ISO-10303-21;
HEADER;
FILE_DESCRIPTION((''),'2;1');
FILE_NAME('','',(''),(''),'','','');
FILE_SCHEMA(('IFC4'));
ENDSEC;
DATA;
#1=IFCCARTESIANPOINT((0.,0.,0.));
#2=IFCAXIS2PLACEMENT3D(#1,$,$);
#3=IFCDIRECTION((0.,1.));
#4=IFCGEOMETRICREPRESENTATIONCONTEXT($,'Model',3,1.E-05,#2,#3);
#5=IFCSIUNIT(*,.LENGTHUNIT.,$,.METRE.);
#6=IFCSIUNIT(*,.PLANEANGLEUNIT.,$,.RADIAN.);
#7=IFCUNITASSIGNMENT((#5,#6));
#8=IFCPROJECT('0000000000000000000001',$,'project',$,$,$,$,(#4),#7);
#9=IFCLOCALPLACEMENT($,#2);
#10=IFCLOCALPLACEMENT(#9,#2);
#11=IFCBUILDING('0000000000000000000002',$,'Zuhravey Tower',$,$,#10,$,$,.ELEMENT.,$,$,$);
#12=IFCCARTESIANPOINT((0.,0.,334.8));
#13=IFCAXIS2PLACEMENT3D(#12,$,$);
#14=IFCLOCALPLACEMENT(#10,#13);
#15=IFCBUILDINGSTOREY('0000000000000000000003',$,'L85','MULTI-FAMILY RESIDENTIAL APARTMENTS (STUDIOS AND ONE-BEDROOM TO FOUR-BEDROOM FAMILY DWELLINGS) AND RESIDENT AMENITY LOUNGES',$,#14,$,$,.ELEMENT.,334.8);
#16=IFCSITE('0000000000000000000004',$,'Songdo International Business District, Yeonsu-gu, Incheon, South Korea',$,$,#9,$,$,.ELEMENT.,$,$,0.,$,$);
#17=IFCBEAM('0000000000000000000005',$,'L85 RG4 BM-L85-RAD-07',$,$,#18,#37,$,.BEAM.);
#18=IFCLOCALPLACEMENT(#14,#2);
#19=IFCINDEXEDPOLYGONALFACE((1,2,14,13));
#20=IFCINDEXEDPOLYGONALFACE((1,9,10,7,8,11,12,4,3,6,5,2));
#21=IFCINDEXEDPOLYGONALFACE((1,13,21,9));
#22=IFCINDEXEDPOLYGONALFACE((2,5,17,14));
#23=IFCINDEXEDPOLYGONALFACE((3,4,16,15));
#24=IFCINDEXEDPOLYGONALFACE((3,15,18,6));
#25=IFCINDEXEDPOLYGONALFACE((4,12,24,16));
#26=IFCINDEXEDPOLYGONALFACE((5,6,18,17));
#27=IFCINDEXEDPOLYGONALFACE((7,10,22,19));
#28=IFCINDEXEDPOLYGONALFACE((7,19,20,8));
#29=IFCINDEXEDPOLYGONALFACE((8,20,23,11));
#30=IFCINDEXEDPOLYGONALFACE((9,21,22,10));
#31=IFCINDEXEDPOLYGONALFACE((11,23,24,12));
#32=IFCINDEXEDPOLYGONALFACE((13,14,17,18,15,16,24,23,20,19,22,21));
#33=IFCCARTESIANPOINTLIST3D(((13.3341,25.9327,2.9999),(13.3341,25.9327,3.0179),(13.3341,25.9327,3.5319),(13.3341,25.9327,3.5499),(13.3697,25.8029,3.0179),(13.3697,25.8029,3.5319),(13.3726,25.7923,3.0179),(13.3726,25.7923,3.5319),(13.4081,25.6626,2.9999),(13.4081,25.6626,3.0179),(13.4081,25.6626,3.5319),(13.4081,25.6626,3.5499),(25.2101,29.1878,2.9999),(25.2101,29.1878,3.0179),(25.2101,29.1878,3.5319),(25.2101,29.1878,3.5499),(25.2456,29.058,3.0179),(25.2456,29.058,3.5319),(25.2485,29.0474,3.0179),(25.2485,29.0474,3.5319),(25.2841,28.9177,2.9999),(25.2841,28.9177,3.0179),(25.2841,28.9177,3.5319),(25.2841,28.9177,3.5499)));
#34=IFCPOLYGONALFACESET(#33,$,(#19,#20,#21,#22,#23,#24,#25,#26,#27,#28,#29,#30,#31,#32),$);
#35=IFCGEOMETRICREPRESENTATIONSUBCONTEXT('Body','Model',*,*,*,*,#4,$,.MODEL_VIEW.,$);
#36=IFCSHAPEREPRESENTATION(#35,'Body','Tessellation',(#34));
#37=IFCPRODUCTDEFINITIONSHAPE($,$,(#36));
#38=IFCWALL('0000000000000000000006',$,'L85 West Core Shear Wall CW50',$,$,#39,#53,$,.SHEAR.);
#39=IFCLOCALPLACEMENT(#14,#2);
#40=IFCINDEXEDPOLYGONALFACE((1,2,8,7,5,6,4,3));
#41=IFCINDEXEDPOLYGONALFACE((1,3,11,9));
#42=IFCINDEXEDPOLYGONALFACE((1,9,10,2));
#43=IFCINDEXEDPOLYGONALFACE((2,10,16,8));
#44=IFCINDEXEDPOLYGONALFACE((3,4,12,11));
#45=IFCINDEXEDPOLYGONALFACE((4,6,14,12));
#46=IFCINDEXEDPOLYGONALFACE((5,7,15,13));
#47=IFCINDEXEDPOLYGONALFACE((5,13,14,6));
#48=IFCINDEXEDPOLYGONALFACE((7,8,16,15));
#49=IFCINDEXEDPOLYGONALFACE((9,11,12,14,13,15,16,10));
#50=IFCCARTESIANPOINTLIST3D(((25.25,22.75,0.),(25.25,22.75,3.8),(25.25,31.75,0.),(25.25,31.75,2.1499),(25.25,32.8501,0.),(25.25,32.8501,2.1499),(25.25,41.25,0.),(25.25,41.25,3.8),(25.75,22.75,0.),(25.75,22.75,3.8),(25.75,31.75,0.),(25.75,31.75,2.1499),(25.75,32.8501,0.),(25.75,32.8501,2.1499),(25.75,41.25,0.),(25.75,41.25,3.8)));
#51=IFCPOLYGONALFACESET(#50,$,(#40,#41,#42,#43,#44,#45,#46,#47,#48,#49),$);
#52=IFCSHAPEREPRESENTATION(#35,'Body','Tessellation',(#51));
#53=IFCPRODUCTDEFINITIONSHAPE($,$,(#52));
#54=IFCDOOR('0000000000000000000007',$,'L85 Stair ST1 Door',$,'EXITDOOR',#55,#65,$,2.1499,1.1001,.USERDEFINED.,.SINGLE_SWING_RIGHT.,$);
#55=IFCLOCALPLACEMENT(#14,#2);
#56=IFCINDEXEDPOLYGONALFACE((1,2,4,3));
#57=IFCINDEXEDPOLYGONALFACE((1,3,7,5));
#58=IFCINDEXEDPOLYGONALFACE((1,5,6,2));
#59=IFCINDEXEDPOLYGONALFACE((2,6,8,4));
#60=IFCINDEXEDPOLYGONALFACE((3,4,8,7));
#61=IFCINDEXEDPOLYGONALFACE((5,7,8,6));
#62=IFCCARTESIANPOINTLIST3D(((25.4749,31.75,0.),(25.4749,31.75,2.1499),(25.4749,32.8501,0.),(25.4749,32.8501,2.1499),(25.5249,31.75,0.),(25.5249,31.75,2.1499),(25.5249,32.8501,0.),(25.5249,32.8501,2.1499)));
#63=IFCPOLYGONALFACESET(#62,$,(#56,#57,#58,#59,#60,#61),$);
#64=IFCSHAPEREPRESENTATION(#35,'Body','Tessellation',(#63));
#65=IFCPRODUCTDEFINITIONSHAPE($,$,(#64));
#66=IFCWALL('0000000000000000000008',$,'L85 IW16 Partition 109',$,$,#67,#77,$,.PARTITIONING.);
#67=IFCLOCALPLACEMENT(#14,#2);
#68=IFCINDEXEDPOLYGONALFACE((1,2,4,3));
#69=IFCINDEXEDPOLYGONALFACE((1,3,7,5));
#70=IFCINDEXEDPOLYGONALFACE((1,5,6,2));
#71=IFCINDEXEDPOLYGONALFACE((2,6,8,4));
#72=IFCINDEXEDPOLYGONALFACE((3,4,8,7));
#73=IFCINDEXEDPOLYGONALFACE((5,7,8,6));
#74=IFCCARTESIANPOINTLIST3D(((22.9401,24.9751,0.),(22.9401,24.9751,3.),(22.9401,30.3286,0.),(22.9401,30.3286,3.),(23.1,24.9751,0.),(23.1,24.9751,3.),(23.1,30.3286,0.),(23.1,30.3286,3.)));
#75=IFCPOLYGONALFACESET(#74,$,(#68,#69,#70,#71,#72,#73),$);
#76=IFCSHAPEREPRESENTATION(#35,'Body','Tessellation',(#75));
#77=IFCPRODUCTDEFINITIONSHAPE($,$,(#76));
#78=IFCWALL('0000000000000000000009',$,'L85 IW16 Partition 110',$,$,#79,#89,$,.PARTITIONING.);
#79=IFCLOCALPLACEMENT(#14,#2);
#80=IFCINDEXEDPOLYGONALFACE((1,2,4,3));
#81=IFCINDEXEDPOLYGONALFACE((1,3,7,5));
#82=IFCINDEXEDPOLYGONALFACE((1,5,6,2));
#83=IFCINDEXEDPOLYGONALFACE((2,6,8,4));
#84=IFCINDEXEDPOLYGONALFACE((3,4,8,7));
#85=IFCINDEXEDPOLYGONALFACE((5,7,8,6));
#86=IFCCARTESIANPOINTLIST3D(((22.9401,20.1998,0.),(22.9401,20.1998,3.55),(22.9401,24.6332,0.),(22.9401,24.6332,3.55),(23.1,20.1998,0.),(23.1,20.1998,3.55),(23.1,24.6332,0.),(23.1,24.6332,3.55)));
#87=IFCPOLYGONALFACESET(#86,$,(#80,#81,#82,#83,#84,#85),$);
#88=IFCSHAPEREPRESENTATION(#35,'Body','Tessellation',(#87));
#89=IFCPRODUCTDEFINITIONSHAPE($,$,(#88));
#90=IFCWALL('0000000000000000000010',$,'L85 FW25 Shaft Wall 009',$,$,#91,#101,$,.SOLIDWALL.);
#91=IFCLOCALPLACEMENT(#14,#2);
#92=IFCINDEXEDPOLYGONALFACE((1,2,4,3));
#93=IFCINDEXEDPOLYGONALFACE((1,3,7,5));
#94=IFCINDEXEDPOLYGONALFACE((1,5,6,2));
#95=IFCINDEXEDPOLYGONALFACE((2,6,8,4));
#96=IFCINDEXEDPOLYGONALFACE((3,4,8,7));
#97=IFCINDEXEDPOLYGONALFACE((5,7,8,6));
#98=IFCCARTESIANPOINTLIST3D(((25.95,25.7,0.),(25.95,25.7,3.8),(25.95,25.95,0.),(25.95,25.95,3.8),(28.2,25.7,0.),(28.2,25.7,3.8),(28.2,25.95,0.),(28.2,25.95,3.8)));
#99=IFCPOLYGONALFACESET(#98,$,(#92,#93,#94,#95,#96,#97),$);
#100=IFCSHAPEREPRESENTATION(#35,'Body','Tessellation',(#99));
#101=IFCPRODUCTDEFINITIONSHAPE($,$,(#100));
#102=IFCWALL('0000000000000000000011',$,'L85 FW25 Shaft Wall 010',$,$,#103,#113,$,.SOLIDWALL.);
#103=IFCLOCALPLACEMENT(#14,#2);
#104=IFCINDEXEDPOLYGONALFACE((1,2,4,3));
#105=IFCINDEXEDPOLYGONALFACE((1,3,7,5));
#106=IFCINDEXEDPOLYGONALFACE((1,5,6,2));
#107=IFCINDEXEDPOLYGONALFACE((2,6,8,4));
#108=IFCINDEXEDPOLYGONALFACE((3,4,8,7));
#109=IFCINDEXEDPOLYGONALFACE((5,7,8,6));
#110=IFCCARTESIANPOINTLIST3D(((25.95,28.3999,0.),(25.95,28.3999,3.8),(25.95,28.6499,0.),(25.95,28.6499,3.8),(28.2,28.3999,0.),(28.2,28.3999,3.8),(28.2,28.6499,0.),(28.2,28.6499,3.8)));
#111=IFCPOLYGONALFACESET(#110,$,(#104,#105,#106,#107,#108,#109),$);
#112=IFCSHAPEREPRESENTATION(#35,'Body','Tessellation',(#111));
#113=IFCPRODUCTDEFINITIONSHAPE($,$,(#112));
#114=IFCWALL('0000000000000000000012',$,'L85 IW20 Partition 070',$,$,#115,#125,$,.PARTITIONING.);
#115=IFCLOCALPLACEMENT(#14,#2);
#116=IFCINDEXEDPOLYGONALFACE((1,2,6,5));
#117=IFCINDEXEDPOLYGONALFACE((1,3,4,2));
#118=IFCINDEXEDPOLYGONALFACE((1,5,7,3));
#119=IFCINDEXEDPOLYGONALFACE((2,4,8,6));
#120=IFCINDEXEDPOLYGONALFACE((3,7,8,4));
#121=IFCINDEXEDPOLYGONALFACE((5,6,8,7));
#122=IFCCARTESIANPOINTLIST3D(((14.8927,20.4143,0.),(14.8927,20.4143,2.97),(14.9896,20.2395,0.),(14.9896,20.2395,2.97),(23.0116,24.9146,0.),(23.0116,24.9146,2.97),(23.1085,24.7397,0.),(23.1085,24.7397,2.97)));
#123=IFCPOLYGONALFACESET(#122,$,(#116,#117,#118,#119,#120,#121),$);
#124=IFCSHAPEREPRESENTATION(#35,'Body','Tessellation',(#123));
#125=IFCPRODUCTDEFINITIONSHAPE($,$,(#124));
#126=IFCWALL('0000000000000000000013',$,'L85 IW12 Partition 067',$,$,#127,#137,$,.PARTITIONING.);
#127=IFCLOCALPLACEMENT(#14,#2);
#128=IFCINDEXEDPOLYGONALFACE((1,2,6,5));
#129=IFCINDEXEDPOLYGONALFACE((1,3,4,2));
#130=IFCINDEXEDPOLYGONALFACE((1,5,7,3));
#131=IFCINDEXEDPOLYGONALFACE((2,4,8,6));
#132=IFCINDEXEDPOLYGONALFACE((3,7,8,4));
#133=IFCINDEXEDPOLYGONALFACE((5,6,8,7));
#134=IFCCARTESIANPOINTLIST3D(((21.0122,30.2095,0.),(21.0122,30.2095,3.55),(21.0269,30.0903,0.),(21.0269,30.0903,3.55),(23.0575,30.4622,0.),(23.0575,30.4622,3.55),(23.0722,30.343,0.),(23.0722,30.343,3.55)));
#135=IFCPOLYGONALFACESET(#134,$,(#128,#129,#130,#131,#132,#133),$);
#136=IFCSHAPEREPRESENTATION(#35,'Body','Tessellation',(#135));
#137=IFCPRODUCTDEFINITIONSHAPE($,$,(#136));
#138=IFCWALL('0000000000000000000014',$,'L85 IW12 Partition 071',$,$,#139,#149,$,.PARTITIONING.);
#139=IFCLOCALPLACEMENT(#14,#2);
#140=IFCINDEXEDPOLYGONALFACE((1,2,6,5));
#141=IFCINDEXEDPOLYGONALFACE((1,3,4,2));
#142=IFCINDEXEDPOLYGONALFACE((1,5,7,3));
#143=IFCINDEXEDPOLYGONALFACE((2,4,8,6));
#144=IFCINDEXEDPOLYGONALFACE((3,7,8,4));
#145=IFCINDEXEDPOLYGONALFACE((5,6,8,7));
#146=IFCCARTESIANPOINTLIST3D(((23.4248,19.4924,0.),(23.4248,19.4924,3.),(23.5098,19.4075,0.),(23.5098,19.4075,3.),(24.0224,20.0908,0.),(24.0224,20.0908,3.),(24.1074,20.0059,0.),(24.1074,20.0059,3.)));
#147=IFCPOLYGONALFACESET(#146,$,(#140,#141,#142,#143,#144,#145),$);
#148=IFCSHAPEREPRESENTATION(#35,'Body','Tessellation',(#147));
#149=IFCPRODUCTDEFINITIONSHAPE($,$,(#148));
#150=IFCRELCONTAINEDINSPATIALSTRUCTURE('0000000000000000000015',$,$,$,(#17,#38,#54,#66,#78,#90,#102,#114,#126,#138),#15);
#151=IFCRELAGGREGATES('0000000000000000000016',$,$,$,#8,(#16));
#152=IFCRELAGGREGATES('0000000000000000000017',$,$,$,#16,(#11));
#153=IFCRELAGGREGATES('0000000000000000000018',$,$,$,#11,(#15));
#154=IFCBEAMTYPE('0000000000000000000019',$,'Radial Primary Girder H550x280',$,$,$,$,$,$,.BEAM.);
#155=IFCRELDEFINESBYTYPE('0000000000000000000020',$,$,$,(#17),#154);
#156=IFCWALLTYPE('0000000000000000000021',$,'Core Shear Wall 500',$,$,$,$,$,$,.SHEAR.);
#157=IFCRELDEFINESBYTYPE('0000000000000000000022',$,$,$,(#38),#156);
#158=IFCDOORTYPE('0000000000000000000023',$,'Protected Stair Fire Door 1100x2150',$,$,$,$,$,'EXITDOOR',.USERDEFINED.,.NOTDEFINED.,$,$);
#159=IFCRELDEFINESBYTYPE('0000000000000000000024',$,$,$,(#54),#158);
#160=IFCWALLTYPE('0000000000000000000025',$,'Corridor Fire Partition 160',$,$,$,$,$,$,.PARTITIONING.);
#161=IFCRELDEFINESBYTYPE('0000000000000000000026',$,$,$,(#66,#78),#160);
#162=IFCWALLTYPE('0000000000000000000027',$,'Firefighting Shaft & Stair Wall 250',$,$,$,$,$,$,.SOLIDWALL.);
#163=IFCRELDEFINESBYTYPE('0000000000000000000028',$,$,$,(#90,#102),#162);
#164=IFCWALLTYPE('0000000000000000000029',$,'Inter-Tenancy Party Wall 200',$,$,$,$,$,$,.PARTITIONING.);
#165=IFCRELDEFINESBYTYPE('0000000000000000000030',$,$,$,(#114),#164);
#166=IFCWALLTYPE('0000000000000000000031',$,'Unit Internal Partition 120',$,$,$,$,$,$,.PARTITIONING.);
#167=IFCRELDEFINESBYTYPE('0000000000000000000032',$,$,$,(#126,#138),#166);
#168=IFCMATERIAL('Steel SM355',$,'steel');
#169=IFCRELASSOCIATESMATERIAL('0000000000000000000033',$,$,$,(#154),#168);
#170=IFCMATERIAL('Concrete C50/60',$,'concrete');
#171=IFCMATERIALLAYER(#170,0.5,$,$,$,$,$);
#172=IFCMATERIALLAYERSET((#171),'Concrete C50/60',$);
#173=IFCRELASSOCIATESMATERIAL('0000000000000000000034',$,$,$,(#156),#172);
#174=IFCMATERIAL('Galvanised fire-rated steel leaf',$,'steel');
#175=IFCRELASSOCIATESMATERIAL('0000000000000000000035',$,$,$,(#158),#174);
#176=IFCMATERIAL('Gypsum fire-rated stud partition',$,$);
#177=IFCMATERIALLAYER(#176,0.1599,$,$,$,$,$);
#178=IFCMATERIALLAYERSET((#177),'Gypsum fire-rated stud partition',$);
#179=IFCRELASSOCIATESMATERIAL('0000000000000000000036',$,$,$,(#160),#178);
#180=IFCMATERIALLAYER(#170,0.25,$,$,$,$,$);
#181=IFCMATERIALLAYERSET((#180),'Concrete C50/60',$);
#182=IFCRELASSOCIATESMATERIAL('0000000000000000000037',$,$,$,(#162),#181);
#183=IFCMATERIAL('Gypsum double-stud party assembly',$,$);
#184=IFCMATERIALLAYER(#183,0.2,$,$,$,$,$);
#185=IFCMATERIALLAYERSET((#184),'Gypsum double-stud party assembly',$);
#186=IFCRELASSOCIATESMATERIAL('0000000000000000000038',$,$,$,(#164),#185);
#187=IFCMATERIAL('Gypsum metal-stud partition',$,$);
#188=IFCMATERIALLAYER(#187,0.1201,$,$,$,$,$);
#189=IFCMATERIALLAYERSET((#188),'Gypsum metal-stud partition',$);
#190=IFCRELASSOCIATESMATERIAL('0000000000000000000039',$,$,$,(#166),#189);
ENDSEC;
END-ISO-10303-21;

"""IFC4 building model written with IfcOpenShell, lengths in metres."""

from ifc_helpers import new_model, si_unit, direction, frame, frame_2d, origin, origin_2d, place, context, subcontext, project, spatial, rectangle, i_section, extrude, material, layer, layer_set, material_profile, profile_set, type_object, element, fill, save


model = new_model("IFC4")

# Units and contexts
model_context = context("Model", 3, precision=1e-05, world=origin(), true_north=direction((0.0, 1.0)))
body_context = subcontext(model_context, "Body", "Model", "MODEL_VIEW")
ifc_project = project(units=[si_unit("LENGTHUNIT", "METRE"), si_unit("PLANEANGLEUNIT", "RADIAN")], contexts=[model_context])

# Site, building, storey
site_placement = place(None, origin())
site = spatial("IfcSite", under=ifc_project, at=site_placement, Name="Songdo International Business District, Yeonsu-gu, Incheon, South Korea", CompositionType="ELEMENT", RefElevation=0.0)
building_placement = place(site_placement, origin())
building = spatial("IfcBuilding", under=site, at=building_placement, Name="Zuhravey Tower", CompositionType="ELEMENT")
storey_placement = place(building_placement, frame((0.0, 0.0, 334.8)))
storey = spatial("IfcBuildingStorey", under=building, at=storey_placement, Name="L85", Description="MULTI-FAMILY RESIDENTIAL APARTMENTS (STUDIOS AND ONE-BEDROOM TO FOUR-BEDROOM FAMILY DWELLINGS) AND RESIDENT AMENITY LOUNGES", CompositionType="ELEMENT", Elevation=334.8)

# Beam
ifc_material_1 = material(Name="Steel SM355", Category="steel")
ifc_material_profile = material_profile(ifc_material_1, i_section(OverallWidth=0.28, OverallDepth=0.55, WebThickness=0.011, FlangeThickness=0.0181, at=origin_2d()), Name="H-550x280x11x18")
ifc_profile_set = profile_set([ifc_material_profile], Name="Steel SM355")
beam_type = type_object("IfcBeamType", Name="Radial Primary Girder H550x280", PredefinedType="BEAM", material=ifc_profile_set)
beam_placement = place(storey_placement, frame((25.2471, 29.0527, 3.2749), z_axis=(-0.964429, -0.264344, 0.0), x_axis=(0.264344, -0.964429, 0.0)))
element("IfcBeam", 1, at=beam_placement, inside=storey, type_object=beam_type, Name="L85 RG4 BM-L85-RAD-07", PredefinedType="BEAM", context=body_context, shape_type="SweptSolid", body=[
    extrude(i_section(OverallWidth=0.28, OverallDepth=0.55, WebThickness=0.011, FlangeThickness=0.0181, at=origin_2d()), origin(), (0.0, 0.0, 1.0), 12.314),
])

# Wall, opening, door
ifc_material_2 = material(Name="Concrete C50/60", Category="concrete")
ifc_layer_1 = layer(ifc_material_2, 0.5)
ifc_layer_set_1 = layer_set([ifc_layer_1], Name="Concrete C50/60")
wall_type_1 = type_object("IfcWallType", Name="Core Shear Wall 500", PredefinedType="SHEAR", material=ifc_layer_set_1)
ifc_material_3 = material(Name="Galvanised fire-rated steel leaf", Category="steel")
wall_1_placement = place(storey_placement, frame((25.5, 22.75, 0.0), z_axis=(0.0, 0.0, 1.0), x_axis=(0.0, 1.0, 0.0)))
wall_1 = element("IfcWall", 2, at=wall_1_placement, inside=storey, type_object=wall_type_1, Name="L85 West Core Shear Wall CW50", PredefinedType="SHEAR", context=body_context, shape_type="SweptSolid", body=[
    extrude(rectangle(XDim=18.5, YDim=0.5, at=frame_2d((9.25, 0.0))), origin(), (0.0, 0.0, 1.0), 3.8),
])
opening_1_placement = place(wall_1_placement, frame((9.0, 0.0, 0.0)))
opening_1 = element("IfcOpeningElement", 3, at=opening_1_placement, cuts=wall_1, PredefinedType="OPENING", context=body_context, shape_type="SweptSolid", body=[
    extrude(rectangle(XDim=1.1001, YDim=2.1499, at=frame_2d((0.55, 1.075))), frame((0.0, 0.262, 0.0), z_axis=(0.0, -1.0, 0.0), x_axis=(1.0, 0.0, 0.0)), (0.0, 0.0, 1.0), 0.5239),
])
door_type_1 = type_object("IfcDoorType", Name="Protected Stair Fire Door 1100x2150", ElementType="EXITDOOR", OperationType="NOTDEFINED", PredefinedType="USERDEFINED", material=ifc_material_3)
door_1_placement = place(opening_1_placement, frame((1.1001, 0.0, 0.0), z_axis=(0.0, 0.0, 1.0), x_axis=(-1.0, 0.0, 0.0)))
door_1 = element("IfcDoor", 4, at=door_1_placement, inside=storey, type_object=door_type_1, Name="L85 Stair ST1 Door", ObjectType="EXITDOOR", OperationType="SINGLE_SWING_RIGHT", OverallHeight=2.1499, OverallWidth=1.1001, PredefinedType="USERDEFINED", context=body_context, shape_type="SweptSolid", body=[
    extrude(rectangle(XDim=1.1001, YDim=2.1499, at=frame_2d((0.55, 1.075))), frame((0.0, 0.0249, 0.0), z_axis=(0.0, -1.0, 0.0), x_axis=(1.0, 0.0, 0.0)), (0.0, 0.0, 1.0), 0.05),
])
fill(opening_1, door_1)

# Walls
ifc_material_4 = material(Name="Gypsum fire-rated stud partition")
ifc_layer_2 = layer(ifc_material_4, 0.1599)
ifc_layer_set_2 = layer_set([ifc_layer_2], Name="Gypsum fire-rated stud partition")
wall_type_2 = type_object("IfcWallType", Name="Corridor Fire Partition 160", PredefinedType="PARTITIONING", material=ifc_layer_set_2)
wall_2_placement = place(storey_placement, frame((23.02, 30.3286, 0.0), z_axis=(0.0, 0.0, 1.0), x_axis=(0.0, -1.0, 0.0)))
element("IfcWall", 5, at=wall_2_placement, inside=storey, type_object=wall_type_2, Name="L85 IW16 Partition 109", PredefinedType="PARTITIONING", context=body_context, shape_type="SweptSolid", body=[
    extrude(rectangle(XDim=5.3535, YDim=0.1599, at=frame_2d((2.6768, 0.0))), origin(), (0.0, 0.0, 1.0), 3.0),
])
wall_3_placement = place(storey_placement, frame((23.02, 24.6333, 0.0), z_axis=(0.0, 0.0, 1.0), x_axis=(0.0, -1.0, 0.0)))
element("IfcWall", 6, at=wall_3_placement, inside=storey, type_object=wall_type_2, Name="L85 IW16 Partition 110", PredefinedType="PARTITIONING", context=body_context, shape_type="SweptSolid", body=[
    extrude(rectangle(XDim=4.4333, YDim=0.1599, at=frame_2d((2.2168, 0.0))), origin(), (0.0, 0.0, 1.0), 3.55),
])
ifc_layer_3 = layer(ifc_material_2, 0.25)
ifc_layer_set_3 = layer_set([ifc_layer_3], Name="Concrete C50/60")
wall_type_3 = type_object("IfcWallType", Name="Firefighting Shaft & Stair Wall 250", PredefinedType="SOLIDWALL", material=ifc_layer_set_3)
for number, where, z_axis, x_axis, name in (
    (7, (25.95, 25.825, 0.0), (0.0, 0.0, 1.0), (1.0, 0.0, 0.0), "L85 FW25 Shaft Wall 009"),
    (8, (25.95, 28.5249, 0.0), (0.0, 0.0, 1.0), (1.0, 0.0, 0.0), "L85 FW25 Shaft Wall 010"),
):
    element("IfcWall", number, at=place(storey_placement, frame(where, z_axis=z_axis, x_axis=x_axis)), inside=storey, type_object=wall_type_3, Name=name, PredefinedType="SOLIDWALL", context=body_context, shape_type="SweptSolid", body=[
        extrude(rectangle(XDim=2.25, YDim=0.25, at=frame_2d((1.125, 0.0))), origin(), (0.0, 0.0, 1.0), 3.8),
    ])
ifc_material_5 = material(Name="Gypsum double-stud party assembly")
ifc_layer_4 = layer(ifc_material_5, 0.2)
ifc_layer_set_4 = layer_set([ifc_layer_4], Name="Gypsum double-stud party assembly")
wall_type_4 = type_object("IfcWallType", Name="Inter-Tenancy Party Wall 200", PredefinedType="PARTITIONING", material=ifc_layer_set_4)
wall_4_placement = place(storey_placement, frame((23.0601, 24.8271, 0.0), z_axis=(0.0, 0.0, 1.0), x_axis=(-0.874626, -0.484799, 0.0)))
element("IfcWall", 9, at=wall_4_placement, inside=storey, type_object=wall_type_4, Name="L85 IW20 Partition 070", PredefinedType="PARTITIONING", context=body_context, shape_type="SweptSolid", body=[
    extrude(rectangle(XDim=9.2827, YDim=0.2, at=frame_2d((4.6414, 0.0))), origin(), (0.0, 0.0, 1.0), 2.97),
])
ifc_material_6 = material(Name="Gypsum metal-stud partition")
ifc_layer_5 = layer(ifc_material_6, 0.1201)
ifc_layer_set_5 = layer_set([ifc_layer_5], Name="Gypsum metal-stud partition")
wall_type_5 = type_object("IfcWallType", Name="Unit Internal Partition 120", PredefinedType="PARTITIONING", material=ifc_layer_set_5)
wall_5_placement = place(storey_placement, frame((23.0647, 30.4026, 0.0), z_axis=(0.0, 0.0, 1.0), x_axis=(-0.992454, -0.12262, 0.0)))
element("IfcWall", 10, at=wall_5_placement, inside=storey, type_object=wall_type_5, Name="L85 IW12 Partition 067", PredefinedType="PARTITIONING", context=body_context, shape_type="SweptSolid", body=[
    extrude(rectangle(XDim=2.0608, YDim=0.1201, at=frame_2d((1.0303, 0.0))), origin(), (0.0, 0.0, 1.0), 3.55),
])
wall_6_placement = place(storey_placement, frame((24.0649, 20.0483, 0.0), z_axis=(0.0, 0.0, 1.0), x_axis=(-0.706674, -0.70754, 0.0)))
element("IfcWall", 11, at=wall_6_placement, inside=storey, type_object=wall_type_5, Name="L85 IW12 Partition 071", PredefinedType="PARTITIONING", context=body_context, shape_type="SweptSolid", body=[
    extrude(rectangle(XDim=0.8457, YDim=0.1201, at=frame_2d((0.4229, 0.0))), origin(), (0.0, 0.0, 1.0), 3.0),
])

save(model, "model.ifc")
